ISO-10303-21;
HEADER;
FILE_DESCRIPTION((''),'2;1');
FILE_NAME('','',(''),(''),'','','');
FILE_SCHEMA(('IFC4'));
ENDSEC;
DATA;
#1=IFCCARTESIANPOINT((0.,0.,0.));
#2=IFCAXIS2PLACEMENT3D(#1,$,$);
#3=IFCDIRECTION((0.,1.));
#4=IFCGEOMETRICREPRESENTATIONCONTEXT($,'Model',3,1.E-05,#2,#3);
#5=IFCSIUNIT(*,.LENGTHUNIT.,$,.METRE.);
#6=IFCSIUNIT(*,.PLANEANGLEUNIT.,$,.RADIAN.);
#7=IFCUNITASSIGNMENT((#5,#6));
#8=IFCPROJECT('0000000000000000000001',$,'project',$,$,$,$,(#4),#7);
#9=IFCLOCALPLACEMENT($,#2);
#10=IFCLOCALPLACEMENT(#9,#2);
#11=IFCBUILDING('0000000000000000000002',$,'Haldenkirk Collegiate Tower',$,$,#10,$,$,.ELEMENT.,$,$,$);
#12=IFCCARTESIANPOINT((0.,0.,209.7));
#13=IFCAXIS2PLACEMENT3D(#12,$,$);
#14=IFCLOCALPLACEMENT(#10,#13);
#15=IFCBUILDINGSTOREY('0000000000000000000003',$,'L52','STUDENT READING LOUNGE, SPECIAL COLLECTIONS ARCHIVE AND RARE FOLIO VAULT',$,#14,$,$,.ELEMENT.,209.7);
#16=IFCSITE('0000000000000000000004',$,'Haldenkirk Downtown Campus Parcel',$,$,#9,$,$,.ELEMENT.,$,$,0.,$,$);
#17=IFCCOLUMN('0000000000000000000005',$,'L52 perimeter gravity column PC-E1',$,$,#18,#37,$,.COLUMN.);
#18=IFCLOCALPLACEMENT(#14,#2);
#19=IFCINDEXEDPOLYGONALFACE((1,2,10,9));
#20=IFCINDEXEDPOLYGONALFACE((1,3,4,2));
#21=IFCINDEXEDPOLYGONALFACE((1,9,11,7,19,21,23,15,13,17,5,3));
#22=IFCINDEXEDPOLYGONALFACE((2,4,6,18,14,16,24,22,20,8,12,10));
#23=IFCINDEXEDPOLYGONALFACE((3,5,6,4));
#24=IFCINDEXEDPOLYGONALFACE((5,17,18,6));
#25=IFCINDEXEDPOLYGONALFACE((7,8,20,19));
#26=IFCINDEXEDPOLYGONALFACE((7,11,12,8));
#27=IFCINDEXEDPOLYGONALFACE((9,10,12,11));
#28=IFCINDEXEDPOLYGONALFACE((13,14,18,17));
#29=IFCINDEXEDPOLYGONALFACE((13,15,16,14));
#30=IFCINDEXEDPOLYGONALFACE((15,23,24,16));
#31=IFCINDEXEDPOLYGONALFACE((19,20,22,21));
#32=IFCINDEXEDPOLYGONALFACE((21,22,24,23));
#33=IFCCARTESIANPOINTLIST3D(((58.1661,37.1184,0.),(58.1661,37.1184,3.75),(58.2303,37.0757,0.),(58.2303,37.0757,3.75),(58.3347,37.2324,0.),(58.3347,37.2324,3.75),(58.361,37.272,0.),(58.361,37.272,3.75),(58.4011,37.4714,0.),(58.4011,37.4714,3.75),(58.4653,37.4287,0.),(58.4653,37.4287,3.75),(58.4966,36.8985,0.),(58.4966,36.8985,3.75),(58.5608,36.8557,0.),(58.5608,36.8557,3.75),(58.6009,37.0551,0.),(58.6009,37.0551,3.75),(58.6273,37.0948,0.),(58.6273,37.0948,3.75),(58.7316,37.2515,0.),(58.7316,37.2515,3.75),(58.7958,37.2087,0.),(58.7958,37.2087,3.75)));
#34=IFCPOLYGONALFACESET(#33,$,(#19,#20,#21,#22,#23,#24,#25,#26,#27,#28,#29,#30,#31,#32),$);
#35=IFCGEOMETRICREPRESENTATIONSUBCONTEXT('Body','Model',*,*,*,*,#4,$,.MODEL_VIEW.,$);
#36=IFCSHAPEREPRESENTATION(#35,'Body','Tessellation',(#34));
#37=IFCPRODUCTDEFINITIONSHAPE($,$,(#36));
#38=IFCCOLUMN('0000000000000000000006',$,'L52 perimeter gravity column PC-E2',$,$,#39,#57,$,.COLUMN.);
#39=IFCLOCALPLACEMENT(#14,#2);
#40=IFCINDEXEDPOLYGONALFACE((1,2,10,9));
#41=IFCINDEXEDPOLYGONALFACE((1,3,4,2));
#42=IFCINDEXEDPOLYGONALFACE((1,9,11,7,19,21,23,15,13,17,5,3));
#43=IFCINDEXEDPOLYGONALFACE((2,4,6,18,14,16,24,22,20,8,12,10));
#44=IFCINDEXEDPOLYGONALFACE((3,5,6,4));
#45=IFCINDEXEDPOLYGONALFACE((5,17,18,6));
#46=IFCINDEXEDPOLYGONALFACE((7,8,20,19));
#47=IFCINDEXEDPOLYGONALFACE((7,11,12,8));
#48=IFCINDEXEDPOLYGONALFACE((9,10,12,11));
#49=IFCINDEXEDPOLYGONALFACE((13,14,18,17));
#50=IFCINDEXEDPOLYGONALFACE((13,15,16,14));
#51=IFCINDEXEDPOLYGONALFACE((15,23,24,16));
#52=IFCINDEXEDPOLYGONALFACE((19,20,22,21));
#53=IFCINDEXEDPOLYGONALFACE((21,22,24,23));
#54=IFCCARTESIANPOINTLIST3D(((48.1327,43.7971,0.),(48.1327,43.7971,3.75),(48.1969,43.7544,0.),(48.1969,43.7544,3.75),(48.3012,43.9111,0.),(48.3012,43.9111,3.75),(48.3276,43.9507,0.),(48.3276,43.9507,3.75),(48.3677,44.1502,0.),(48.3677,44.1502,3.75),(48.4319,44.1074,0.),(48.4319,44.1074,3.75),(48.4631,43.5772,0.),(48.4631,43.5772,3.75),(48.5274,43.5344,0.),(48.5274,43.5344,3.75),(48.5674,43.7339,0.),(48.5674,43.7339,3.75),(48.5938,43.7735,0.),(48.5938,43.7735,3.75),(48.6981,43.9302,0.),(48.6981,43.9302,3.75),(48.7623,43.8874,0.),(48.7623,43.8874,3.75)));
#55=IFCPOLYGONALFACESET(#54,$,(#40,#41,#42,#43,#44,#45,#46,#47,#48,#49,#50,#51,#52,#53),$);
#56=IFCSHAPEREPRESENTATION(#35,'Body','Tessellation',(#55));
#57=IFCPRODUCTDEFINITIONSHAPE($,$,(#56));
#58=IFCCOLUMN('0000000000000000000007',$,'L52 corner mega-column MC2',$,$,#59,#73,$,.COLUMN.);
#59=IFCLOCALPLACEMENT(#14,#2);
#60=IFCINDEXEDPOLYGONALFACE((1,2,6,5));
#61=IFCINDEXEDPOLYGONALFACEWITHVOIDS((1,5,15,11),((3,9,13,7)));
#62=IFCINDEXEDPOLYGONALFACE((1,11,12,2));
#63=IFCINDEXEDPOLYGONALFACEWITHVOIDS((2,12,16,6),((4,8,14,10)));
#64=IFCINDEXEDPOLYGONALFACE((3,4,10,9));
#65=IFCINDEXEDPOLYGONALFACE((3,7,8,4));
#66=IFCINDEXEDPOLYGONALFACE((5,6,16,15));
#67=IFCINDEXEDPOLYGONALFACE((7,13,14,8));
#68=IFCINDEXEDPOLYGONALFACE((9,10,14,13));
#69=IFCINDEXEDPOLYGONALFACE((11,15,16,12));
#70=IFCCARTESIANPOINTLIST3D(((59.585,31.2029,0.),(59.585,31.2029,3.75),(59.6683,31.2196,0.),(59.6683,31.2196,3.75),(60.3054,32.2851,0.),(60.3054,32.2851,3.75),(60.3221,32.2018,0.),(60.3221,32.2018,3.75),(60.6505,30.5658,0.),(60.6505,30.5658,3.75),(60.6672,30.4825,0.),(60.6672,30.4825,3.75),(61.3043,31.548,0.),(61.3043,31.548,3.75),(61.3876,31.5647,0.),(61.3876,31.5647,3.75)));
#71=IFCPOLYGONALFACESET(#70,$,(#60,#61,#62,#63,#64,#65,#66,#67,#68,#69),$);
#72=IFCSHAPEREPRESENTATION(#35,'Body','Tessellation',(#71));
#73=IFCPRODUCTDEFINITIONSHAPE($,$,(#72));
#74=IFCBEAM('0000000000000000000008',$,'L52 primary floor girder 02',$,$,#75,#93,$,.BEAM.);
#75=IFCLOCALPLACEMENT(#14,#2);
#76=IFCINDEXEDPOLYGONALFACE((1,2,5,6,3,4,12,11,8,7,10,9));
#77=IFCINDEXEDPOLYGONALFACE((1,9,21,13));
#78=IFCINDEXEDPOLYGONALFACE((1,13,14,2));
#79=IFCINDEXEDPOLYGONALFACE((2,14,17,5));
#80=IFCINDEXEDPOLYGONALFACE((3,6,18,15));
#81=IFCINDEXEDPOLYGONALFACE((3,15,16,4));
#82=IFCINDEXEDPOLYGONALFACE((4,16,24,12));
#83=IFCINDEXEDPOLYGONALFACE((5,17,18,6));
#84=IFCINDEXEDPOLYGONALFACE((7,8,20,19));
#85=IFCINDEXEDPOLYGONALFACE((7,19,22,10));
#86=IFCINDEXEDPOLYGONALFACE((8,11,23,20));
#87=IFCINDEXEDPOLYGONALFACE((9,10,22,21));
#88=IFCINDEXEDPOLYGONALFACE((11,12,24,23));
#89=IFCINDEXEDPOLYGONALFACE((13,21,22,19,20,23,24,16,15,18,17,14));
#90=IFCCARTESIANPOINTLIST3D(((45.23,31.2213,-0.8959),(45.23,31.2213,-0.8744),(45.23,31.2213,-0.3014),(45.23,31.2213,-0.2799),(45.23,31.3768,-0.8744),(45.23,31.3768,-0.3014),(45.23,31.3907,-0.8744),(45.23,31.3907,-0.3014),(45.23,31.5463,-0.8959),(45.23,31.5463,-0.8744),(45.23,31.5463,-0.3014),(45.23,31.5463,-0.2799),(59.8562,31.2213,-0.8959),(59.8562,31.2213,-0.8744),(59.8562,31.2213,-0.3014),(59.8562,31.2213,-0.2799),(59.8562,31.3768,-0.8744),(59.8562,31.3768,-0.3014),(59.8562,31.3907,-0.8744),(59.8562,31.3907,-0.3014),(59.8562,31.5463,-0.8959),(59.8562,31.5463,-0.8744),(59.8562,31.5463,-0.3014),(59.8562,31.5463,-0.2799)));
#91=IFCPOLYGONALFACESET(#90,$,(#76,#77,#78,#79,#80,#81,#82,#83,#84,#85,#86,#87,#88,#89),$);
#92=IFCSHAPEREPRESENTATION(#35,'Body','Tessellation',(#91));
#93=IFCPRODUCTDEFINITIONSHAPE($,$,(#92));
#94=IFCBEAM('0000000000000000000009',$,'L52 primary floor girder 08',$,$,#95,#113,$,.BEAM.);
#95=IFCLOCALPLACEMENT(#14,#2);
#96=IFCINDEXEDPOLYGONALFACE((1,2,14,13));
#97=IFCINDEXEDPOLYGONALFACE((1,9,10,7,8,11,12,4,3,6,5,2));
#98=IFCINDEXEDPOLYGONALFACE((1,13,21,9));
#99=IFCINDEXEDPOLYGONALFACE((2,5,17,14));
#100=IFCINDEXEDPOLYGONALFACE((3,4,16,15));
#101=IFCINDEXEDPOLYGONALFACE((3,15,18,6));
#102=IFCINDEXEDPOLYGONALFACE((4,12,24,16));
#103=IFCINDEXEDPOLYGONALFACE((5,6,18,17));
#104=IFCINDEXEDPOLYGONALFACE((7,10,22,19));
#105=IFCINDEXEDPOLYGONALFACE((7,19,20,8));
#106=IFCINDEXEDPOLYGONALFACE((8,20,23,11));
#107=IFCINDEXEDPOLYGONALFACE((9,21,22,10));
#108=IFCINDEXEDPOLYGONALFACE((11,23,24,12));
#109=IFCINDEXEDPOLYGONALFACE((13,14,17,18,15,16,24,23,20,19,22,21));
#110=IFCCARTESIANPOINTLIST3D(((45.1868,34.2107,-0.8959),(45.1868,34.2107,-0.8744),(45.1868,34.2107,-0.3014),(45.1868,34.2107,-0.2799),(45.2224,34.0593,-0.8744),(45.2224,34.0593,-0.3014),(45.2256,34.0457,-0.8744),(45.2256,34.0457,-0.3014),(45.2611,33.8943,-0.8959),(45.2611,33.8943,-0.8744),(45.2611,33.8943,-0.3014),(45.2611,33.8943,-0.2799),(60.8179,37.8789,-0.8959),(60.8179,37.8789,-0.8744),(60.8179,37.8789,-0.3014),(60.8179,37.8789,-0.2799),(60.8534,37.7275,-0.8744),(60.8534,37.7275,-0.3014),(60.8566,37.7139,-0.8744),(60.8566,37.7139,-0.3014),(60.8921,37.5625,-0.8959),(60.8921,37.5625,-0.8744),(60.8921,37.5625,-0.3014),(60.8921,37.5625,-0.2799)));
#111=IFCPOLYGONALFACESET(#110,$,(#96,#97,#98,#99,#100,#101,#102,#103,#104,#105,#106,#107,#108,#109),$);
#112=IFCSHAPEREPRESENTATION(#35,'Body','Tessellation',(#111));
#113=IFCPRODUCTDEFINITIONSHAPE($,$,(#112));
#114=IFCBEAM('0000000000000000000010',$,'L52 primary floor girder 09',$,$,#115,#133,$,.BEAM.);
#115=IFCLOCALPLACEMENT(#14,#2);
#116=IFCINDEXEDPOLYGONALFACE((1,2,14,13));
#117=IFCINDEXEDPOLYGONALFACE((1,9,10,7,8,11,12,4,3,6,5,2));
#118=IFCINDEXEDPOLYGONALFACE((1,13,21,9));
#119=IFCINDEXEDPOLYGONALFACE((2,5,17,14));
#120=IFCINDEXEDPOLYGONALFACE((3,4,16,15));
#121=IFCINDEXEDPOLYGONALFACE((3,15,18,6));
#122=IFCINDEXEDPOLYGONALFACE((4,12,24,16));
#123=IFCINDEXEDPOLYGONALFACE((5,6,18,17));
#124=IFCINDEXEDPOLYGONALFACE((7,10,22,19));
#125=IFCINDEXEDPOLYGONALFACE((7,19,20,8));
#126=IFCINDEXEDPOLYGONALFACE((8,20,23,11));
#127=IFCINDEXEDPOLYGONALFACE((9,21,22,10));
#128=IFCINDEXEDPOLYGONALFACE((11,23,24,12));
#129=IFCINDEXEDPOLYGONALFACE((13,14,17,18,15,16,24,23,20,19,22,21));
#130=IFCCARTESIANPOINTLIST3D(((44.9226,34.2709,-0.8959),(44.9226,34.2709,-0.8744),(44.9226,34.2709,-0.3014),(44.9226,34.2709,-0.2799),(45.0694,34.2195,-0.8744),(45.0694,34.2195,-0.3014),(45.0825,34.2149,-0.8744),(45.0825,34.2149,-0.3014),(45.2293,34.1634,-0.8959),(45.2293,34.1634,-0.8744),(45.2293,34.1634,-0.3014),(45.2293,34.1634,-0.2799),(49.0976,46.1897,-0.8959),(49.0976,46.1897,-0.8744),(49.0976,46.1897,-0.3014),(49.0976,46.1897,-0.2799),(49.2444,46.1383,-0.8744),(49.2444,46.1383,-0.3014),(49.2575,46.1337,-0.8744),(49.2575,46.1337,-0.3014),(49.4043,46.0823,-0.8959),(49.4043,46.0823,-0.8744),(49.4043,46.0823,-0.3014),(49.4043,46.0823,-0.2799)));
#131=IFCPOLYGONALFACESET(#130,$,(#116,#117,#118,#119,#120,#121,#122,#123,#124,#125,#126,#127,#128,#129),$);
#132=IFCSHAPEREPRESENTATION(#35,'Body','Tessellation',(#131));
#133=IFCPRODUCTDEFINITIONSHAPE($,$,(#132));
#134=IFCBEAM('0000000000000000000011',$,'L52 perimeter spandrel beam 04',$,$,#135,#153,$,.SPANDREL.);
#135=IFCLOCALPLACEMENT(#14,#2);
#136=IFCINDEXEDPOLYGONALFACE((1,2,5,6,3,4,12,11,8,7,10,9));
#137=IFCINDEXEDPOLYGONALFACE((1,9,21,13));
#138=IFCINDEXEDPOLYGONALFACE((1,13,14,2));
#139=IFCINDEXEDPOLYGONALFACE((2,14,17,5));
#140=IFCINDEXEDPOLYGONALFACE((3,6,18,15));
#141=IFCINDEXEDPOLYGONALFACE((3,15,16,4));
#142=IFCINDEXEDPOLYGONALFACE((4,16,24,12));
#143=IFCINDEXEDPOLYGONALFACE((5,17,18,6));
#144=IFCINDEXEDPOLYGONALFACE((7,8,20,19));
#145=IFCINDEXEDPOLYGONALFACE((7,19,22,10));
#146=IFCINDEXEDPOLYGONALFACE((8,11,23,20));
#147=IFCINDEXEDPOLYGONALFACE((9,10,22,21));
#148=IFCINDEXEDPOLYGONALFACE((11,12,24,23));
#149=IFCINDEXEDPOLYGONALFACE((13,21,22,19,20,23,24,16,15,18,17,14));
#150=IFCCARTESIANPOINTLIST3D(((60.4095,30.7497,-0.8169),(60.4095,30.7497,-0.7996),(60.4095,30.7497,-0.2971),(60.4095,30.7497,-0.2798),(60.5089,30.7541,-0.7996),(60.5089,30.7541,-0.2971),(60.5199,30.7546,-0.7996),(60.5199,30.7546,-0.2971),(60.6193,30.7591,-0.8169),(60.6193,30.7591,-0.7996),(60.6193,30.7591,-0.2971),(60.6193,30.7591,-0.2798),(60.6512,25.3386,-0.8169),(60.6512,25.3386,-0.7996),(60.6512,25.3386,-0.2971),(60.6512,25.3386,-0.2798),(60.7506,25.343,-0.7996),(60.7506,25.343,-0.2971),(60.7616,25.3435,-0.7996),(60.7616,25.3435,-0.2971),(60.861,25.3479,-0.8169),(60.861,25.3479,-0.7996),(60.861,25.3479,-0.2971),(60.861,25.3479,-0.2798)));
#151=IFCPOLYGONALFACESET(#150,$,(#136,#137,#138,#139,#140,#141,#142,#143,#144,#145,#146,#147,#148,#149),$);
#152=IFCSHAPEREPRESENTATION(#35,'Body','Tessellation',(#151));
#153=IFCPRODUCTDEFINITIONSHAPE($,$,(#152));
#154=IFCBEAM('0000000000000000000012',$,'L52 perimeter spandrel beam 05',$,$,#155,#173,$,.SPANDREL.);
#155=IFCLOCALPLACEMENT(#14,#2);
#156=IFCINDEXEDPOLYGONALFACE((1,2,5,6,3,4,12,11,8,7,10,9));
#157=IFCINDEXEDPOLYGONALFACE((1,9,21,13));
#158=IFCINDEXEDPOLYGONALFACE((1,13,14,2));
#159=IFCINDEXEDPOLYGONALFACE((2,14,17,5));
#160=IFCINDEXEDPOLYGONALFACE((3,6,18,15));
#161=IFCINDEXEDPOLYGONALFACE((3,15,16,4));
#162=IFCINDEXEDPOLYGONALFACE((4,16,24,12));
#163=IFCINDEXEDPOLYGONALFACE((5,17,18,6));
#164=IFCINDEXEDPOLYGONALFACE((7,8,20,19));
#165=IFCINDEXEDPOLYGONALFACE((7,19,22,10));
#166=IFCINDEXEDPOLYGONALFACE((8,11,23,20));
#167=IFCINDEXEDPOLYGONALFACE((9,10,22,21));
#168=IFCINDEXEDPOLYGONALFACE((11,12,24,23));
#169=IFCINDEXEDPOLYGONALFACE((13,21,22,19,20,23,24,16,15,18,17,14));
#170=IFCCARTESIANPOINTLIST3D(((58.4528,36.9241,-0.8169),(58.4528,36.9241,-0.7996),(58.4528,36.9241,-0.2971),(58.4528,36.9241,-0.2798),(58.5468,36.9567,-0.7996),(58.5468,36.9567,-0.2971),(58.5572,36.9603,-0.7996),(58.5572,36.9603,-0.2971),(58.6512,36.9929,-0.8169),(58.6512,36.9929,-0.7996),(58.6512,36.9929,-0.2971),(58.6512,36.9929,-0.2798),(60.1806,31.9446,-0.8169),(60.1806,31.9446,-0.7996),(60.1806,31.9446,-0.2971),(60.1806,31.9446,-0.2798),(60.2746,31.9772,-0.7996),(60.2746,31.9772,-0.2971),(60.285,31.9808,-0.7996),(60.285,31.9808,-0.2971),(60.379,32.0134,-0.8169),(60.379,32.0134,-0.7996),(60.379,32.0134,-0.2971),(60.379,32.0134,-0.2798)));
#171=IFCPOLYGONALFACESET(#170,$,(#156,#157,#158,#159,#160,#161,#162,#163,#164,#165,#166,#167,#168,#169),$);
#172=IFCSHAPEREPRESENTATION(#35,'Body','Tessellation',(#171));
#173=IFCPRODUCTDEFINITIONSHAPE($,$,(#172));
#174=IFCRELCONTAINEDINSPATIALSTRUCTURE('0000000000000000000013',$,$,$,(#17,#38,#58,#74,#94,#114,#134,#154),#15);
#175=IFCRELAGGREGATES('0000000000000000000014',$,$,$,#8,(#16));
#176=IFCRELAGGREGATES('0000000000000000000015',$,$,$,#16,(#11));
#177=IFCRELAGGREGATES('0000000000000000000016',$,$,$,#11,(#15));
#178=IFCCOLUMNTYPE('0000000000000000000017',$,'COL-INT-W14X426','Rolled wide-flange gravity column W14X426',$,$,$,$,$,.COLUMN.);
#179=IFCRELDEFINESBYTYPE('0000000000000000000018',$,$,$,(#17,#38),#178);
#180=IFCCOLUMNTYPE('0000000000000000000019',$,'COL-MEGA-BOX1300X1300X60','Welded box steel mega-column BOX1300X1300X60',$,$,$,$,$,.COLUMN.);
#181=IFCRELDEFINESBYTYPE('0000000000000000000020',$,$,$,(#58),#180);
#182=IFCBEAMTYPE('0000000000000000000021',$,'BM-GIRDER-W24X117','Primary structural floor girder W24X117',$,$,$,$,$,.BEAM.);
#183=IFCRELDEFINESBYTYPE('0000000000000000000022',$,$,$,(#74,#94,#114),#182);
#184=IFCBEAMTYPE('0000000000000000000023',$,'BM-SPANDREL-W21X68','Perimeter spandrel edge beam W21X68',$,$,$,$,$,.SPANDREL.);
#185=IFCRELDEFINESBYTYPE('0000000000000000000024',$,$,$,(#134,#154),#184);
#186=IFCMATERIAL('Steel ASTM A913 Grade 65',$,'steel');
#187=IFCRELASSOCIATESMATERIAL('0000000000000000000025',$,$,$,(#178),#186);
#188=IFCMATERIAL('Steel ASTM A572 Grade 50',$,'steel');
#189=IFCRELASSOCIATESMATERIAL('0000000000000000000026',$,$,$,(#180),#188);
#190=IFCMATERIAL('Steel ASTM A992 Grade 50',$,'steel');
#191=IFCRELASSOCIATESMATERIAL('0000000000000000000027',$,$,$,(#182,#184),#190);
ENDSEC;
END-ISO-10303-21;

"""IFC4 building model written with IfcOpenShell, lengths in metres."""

from ifc_helpers import new_model, si_unit, direction, frame, origin, origin_2d, place, context, subcontext, project, spatial, hollow_rectangle, i_section, extrude, material, material_profile, profile_set, type_object, element, save


model = new_model("IFC4")

# Units and contexts
model_context = context("Model", 3, precision=1e-05, world=origin(), true_north=direction((0.0, 1.0)))
body_context = subcontext(model_context, "Body", "Model", "MODEL_VIEW")
ifc_project = project(units=[si_unit("LENGTHUNIT", "METRE"), si_unit("PLANEANGLEUNIT", "RADIAN")], contexts=[model_context])

# Site, building, storey
site_placement = place(None, origin())
site = spatial("IfcSite", under=ifc_project, at=site_placement, Name="Haldenkirk Downtown Campus Parcel", CompositionType="ELEMENT", RefElevation=0.0)
building_placement = place(site_placement, origin())
building = spatial("IfcBuilding", under=site, at=building_placement, Name="Haldenkirk Collegiate Tower", CompositionType="ELEMENT")
storey_placement = place(building_placement, frame((0.0, 0.0, 209.7)))
storey = spatial("IfcBuildingStorey", under=building, at=storey_placement, Name="L52", Description="STUDENT READING LOUNGE, SPECIAL COLLECTIONS ARCHIVE AND RARE FOLIO VAULT", CompositionType="ELEMENT", Elevation=209.7)

# Columns
ifc_material_1 = material(Name="Steel ASTM A913 Grade 65", Category="steel")
ifc_material_profile_1 = material_profile(ifc_material_1, i_section(OverallWidth=0.4241, OverallDepth=0.4741, WebThickness=0.0476, FlangeThickness=0.0771, at=origin_2d()), Name="W14X426")
ifc_profile_set_1 = profile_set([ifc_material_profile_1], Name="Steel ASTM A913 Grade 65")
column_type_1 = type_object("IfcColumnType", Name="COL-INT-W14X426", Description="Rolled wide-flange gravity column W14X426", PredefinedType="COLUMN", material=ifc_profile_set_1)
for number, where, z_axis, x_axis, name in (
    (1, (58.481, 37.1636, 0.0), (0.0, 0.0, 1.0), (0.554118, 0.832438, 0.0), "L52 perimeter gravity column PC-E1"),
    (2, (48.4475, 43.8423, 0.0), (0.0, 0.0, 1.0), (0.554118, 0.832438, 0.0), "L52 perimeter gravity column PC-E2"),
):
    element("IfcColumn", number, at=place(storey_placement, frame(where, z_axis=z_axis, x_axis=x_axis)), inside=storey, type_object=column_type_1, Name=name, PredefinedType="COLUMN", context=body_context, shape_type="SweptSolid", body=[
        extrude(i_section(OverallWidth=0.4241, OverallDepth=0.4741, WebThickness=0.0476, FlangeThickness=0.0771, at=origin_2d()), origin(), (0.0, 0.0, 1.0), 3.75),
    ])
ifc_material_2 = material(Name="Steel ASTM A572 Grade 50", Category="steel")
ifc_material_profile_2 = material_profile(ifc_material_2, hollow_rectangle(XDim=1.3, YDim=1.3, WallThickness=0.0601, at=origin_2d()), Name="BOX1300X1300X60")
ifc_profile_set_2 = profile_set([ifc_material_profile_2], Name="Steel ASTM A572 Grade 50")
column_type_2 = type_object("IfcColumnType", Name="COL-MEGA-BOX1300X1300X60", Description="Welded box steel mega-column BOX1300X1300X60", PredefinedType="COLUMN", material=ifc_profile_set_2)
column_placement = place(storey_placement, frame((60.4863, 31.3838, 0.0), z_axis=(0.0, 0.0, 1.0), x_axis=(0.554118, 0.832438, 0.0)))
element("IfcColumn", 3, at=column_placement, inside=storey, type_object=column_type_2, Name="L52 corner mega-column MC2", PredefinedType="COLUMN", context=body_context, shape_type="SweptSolid", body=[
    extrude(hollow_rectangle(XDim=1.3, YDim=1.3, WallThickness=0.0601, at=origin_2d()), origin(), (0.0, 0.0, 1.0), 3.75),
])

# Beams
ifc_material_3 = material(Name="Steel ASTM A992 Grade 50", Category="steel")
ifc_material_profile_3 = material_profile(ifc_material_3, i_section(OverallWidth=0.325, OverallDepth=0.616, WebThickness=0.0139, FlangeThickness=0.0215, at=origin_2d()), Name="W24X117")
ifc_profile_set_3 = profile_set([ifc_material_profile_3], Name="Steel ASTM A992 Grade 50")
beam_type_1 = type_object("IfcBeamType", Name="BM-GIRDER-W24X117", Description="Primary structural floor girder W24X117", PredefinedType="BEAM", material=ifc_profile_set_3)
beam_1_placement = place(storey_placement, frame((59.8562, 31.3838, -0.5879), z_axis=(-1.0, 0.0, 0.0), x_axis=(0.0, -1.0, 0.0)))
element("IfcBeam", 4, at=beam_1_placement, inside=storey, type_object=beam_type_1, Name="L52 primary floor girder 02", PredefinedType="BEAM", context=body_context, shape_type="SweptSolid", body=[
    extrude(i_section(OverallWidth=0.325, OverallDepth=0.616, WebThickness=0.0139, FlangeThickness=0.0215, at=origin_2d()), origin(), (0.0, 0.0, 1.0), 14.6262),
])
beam_2_placement = place(storey_placement, frame((60.855, 37.7207, -0.5879), z_axis=(-0.973552, -0.228467, 0.0), x_axis=(0.228467, -0.973552, 0.0)))
element("IfcBeam", 5, at=beam_2_placement, inside=storey, type_object=beam_type_1, Name="L52 primary floor girder 08", PredefinedType="BEAM", context=body_context, shape_type="SweptSolid", body=[
    extrude(i_section(OverallWidth=0.325, OverallDepth=0.616, WebThickness=0.0139, FlangeThickness=0.0215, at=origin_2d()), origin(), (0.0, 0.0, 1.0), 16.0557),
])
beam_3_placement = place(storey_placement, frame((49.251, 46.136, -0.5879), z_axis=(-0.330592, -0.943774, 0.0), x_axis=(0.943774, -0.330592, 0.0)))
element("IfcBeam", 6, at=beam_3_placement, inside=storey, type_object=beam_type_1, Name="L52 primary floor girder 09", PredefinedType="BEAM", context=body_context, shape_type="SweptSolid", body=[
    extrude(i_section(OverallWidth=0.325, OverallDepth=0.616, WebThickness=0.0139, FlangeThickness=0.0215, at=origin_2d()), origin(), (0.0, 0.0, 1.0), 12.6289),
])
ifc_material_profile_4 = material_profile(ifc_material_3, i_section(OverallWidth=0.21, OverallDepth=0.5371, WebThickness=0.011, FlangeThickness=0.0173, at=origin_2d()), Name="W21X68")
ifc_profile_set_4 = profile_set([ifc_material_profile_4], Name="Steel ASTM A992 Grade 50")
beam_type_2 = type_object("IfcBeamType", Name="BM-SPANDREL-W21X68", Description="Perimeter spandrel edge beam W21X68", PredefinedType="SPANDREL", material=ifc_profile_set_4)
beam_4_placement = place(storey_placement, frame((60.7561, 25.3433, -0.5483), z_axis=(-0.044623, 0.999004, 0.0), x_axis=(-0.999004, -0.044623, 0.0)))
element("IfcBeam", 7, at=beam_4_placement, inside=storey, type_object=beam_type_2, Name="L52 perimeter spandrel beam 04", PredefinedType="SPANDREL", context=body_context, shape_type="SweptSolid", body=[
    extrude(i_section(OverallWidth=0.21, OverallDepth=0.5371, WebThickness=0.011, FlangeThickness=0.0173, at=origin_2d()), origin(), (0.0, 0.0, 1.0), 5.4165),
])
beam_5_placement = place(storey_placement, frame((60.2798, 31.979, -0.5483), z_axis=(-0.327807, 0.944745, 0.0), x_axis=(-0.944745, -0.327807, 0.0)))
element("IfcBeam", 8, at=beam_5_placement, inside=storey, type_object=beam_type_2, Name="L52 perimeter spandrel beam 05", PredefinedType="SPANDREL", context=body_context, shape_type="SweptSolid", body=[
    extrude(i_section(OverallWidth=0.21, OverallDepth=0.5371, WebThickness=0.011, FlangeThickness=0.0173, at=origin_2d()), origin(), (0.0, 0.0, 1.0), 5.2708),
])

save(model, "model.ifc")
